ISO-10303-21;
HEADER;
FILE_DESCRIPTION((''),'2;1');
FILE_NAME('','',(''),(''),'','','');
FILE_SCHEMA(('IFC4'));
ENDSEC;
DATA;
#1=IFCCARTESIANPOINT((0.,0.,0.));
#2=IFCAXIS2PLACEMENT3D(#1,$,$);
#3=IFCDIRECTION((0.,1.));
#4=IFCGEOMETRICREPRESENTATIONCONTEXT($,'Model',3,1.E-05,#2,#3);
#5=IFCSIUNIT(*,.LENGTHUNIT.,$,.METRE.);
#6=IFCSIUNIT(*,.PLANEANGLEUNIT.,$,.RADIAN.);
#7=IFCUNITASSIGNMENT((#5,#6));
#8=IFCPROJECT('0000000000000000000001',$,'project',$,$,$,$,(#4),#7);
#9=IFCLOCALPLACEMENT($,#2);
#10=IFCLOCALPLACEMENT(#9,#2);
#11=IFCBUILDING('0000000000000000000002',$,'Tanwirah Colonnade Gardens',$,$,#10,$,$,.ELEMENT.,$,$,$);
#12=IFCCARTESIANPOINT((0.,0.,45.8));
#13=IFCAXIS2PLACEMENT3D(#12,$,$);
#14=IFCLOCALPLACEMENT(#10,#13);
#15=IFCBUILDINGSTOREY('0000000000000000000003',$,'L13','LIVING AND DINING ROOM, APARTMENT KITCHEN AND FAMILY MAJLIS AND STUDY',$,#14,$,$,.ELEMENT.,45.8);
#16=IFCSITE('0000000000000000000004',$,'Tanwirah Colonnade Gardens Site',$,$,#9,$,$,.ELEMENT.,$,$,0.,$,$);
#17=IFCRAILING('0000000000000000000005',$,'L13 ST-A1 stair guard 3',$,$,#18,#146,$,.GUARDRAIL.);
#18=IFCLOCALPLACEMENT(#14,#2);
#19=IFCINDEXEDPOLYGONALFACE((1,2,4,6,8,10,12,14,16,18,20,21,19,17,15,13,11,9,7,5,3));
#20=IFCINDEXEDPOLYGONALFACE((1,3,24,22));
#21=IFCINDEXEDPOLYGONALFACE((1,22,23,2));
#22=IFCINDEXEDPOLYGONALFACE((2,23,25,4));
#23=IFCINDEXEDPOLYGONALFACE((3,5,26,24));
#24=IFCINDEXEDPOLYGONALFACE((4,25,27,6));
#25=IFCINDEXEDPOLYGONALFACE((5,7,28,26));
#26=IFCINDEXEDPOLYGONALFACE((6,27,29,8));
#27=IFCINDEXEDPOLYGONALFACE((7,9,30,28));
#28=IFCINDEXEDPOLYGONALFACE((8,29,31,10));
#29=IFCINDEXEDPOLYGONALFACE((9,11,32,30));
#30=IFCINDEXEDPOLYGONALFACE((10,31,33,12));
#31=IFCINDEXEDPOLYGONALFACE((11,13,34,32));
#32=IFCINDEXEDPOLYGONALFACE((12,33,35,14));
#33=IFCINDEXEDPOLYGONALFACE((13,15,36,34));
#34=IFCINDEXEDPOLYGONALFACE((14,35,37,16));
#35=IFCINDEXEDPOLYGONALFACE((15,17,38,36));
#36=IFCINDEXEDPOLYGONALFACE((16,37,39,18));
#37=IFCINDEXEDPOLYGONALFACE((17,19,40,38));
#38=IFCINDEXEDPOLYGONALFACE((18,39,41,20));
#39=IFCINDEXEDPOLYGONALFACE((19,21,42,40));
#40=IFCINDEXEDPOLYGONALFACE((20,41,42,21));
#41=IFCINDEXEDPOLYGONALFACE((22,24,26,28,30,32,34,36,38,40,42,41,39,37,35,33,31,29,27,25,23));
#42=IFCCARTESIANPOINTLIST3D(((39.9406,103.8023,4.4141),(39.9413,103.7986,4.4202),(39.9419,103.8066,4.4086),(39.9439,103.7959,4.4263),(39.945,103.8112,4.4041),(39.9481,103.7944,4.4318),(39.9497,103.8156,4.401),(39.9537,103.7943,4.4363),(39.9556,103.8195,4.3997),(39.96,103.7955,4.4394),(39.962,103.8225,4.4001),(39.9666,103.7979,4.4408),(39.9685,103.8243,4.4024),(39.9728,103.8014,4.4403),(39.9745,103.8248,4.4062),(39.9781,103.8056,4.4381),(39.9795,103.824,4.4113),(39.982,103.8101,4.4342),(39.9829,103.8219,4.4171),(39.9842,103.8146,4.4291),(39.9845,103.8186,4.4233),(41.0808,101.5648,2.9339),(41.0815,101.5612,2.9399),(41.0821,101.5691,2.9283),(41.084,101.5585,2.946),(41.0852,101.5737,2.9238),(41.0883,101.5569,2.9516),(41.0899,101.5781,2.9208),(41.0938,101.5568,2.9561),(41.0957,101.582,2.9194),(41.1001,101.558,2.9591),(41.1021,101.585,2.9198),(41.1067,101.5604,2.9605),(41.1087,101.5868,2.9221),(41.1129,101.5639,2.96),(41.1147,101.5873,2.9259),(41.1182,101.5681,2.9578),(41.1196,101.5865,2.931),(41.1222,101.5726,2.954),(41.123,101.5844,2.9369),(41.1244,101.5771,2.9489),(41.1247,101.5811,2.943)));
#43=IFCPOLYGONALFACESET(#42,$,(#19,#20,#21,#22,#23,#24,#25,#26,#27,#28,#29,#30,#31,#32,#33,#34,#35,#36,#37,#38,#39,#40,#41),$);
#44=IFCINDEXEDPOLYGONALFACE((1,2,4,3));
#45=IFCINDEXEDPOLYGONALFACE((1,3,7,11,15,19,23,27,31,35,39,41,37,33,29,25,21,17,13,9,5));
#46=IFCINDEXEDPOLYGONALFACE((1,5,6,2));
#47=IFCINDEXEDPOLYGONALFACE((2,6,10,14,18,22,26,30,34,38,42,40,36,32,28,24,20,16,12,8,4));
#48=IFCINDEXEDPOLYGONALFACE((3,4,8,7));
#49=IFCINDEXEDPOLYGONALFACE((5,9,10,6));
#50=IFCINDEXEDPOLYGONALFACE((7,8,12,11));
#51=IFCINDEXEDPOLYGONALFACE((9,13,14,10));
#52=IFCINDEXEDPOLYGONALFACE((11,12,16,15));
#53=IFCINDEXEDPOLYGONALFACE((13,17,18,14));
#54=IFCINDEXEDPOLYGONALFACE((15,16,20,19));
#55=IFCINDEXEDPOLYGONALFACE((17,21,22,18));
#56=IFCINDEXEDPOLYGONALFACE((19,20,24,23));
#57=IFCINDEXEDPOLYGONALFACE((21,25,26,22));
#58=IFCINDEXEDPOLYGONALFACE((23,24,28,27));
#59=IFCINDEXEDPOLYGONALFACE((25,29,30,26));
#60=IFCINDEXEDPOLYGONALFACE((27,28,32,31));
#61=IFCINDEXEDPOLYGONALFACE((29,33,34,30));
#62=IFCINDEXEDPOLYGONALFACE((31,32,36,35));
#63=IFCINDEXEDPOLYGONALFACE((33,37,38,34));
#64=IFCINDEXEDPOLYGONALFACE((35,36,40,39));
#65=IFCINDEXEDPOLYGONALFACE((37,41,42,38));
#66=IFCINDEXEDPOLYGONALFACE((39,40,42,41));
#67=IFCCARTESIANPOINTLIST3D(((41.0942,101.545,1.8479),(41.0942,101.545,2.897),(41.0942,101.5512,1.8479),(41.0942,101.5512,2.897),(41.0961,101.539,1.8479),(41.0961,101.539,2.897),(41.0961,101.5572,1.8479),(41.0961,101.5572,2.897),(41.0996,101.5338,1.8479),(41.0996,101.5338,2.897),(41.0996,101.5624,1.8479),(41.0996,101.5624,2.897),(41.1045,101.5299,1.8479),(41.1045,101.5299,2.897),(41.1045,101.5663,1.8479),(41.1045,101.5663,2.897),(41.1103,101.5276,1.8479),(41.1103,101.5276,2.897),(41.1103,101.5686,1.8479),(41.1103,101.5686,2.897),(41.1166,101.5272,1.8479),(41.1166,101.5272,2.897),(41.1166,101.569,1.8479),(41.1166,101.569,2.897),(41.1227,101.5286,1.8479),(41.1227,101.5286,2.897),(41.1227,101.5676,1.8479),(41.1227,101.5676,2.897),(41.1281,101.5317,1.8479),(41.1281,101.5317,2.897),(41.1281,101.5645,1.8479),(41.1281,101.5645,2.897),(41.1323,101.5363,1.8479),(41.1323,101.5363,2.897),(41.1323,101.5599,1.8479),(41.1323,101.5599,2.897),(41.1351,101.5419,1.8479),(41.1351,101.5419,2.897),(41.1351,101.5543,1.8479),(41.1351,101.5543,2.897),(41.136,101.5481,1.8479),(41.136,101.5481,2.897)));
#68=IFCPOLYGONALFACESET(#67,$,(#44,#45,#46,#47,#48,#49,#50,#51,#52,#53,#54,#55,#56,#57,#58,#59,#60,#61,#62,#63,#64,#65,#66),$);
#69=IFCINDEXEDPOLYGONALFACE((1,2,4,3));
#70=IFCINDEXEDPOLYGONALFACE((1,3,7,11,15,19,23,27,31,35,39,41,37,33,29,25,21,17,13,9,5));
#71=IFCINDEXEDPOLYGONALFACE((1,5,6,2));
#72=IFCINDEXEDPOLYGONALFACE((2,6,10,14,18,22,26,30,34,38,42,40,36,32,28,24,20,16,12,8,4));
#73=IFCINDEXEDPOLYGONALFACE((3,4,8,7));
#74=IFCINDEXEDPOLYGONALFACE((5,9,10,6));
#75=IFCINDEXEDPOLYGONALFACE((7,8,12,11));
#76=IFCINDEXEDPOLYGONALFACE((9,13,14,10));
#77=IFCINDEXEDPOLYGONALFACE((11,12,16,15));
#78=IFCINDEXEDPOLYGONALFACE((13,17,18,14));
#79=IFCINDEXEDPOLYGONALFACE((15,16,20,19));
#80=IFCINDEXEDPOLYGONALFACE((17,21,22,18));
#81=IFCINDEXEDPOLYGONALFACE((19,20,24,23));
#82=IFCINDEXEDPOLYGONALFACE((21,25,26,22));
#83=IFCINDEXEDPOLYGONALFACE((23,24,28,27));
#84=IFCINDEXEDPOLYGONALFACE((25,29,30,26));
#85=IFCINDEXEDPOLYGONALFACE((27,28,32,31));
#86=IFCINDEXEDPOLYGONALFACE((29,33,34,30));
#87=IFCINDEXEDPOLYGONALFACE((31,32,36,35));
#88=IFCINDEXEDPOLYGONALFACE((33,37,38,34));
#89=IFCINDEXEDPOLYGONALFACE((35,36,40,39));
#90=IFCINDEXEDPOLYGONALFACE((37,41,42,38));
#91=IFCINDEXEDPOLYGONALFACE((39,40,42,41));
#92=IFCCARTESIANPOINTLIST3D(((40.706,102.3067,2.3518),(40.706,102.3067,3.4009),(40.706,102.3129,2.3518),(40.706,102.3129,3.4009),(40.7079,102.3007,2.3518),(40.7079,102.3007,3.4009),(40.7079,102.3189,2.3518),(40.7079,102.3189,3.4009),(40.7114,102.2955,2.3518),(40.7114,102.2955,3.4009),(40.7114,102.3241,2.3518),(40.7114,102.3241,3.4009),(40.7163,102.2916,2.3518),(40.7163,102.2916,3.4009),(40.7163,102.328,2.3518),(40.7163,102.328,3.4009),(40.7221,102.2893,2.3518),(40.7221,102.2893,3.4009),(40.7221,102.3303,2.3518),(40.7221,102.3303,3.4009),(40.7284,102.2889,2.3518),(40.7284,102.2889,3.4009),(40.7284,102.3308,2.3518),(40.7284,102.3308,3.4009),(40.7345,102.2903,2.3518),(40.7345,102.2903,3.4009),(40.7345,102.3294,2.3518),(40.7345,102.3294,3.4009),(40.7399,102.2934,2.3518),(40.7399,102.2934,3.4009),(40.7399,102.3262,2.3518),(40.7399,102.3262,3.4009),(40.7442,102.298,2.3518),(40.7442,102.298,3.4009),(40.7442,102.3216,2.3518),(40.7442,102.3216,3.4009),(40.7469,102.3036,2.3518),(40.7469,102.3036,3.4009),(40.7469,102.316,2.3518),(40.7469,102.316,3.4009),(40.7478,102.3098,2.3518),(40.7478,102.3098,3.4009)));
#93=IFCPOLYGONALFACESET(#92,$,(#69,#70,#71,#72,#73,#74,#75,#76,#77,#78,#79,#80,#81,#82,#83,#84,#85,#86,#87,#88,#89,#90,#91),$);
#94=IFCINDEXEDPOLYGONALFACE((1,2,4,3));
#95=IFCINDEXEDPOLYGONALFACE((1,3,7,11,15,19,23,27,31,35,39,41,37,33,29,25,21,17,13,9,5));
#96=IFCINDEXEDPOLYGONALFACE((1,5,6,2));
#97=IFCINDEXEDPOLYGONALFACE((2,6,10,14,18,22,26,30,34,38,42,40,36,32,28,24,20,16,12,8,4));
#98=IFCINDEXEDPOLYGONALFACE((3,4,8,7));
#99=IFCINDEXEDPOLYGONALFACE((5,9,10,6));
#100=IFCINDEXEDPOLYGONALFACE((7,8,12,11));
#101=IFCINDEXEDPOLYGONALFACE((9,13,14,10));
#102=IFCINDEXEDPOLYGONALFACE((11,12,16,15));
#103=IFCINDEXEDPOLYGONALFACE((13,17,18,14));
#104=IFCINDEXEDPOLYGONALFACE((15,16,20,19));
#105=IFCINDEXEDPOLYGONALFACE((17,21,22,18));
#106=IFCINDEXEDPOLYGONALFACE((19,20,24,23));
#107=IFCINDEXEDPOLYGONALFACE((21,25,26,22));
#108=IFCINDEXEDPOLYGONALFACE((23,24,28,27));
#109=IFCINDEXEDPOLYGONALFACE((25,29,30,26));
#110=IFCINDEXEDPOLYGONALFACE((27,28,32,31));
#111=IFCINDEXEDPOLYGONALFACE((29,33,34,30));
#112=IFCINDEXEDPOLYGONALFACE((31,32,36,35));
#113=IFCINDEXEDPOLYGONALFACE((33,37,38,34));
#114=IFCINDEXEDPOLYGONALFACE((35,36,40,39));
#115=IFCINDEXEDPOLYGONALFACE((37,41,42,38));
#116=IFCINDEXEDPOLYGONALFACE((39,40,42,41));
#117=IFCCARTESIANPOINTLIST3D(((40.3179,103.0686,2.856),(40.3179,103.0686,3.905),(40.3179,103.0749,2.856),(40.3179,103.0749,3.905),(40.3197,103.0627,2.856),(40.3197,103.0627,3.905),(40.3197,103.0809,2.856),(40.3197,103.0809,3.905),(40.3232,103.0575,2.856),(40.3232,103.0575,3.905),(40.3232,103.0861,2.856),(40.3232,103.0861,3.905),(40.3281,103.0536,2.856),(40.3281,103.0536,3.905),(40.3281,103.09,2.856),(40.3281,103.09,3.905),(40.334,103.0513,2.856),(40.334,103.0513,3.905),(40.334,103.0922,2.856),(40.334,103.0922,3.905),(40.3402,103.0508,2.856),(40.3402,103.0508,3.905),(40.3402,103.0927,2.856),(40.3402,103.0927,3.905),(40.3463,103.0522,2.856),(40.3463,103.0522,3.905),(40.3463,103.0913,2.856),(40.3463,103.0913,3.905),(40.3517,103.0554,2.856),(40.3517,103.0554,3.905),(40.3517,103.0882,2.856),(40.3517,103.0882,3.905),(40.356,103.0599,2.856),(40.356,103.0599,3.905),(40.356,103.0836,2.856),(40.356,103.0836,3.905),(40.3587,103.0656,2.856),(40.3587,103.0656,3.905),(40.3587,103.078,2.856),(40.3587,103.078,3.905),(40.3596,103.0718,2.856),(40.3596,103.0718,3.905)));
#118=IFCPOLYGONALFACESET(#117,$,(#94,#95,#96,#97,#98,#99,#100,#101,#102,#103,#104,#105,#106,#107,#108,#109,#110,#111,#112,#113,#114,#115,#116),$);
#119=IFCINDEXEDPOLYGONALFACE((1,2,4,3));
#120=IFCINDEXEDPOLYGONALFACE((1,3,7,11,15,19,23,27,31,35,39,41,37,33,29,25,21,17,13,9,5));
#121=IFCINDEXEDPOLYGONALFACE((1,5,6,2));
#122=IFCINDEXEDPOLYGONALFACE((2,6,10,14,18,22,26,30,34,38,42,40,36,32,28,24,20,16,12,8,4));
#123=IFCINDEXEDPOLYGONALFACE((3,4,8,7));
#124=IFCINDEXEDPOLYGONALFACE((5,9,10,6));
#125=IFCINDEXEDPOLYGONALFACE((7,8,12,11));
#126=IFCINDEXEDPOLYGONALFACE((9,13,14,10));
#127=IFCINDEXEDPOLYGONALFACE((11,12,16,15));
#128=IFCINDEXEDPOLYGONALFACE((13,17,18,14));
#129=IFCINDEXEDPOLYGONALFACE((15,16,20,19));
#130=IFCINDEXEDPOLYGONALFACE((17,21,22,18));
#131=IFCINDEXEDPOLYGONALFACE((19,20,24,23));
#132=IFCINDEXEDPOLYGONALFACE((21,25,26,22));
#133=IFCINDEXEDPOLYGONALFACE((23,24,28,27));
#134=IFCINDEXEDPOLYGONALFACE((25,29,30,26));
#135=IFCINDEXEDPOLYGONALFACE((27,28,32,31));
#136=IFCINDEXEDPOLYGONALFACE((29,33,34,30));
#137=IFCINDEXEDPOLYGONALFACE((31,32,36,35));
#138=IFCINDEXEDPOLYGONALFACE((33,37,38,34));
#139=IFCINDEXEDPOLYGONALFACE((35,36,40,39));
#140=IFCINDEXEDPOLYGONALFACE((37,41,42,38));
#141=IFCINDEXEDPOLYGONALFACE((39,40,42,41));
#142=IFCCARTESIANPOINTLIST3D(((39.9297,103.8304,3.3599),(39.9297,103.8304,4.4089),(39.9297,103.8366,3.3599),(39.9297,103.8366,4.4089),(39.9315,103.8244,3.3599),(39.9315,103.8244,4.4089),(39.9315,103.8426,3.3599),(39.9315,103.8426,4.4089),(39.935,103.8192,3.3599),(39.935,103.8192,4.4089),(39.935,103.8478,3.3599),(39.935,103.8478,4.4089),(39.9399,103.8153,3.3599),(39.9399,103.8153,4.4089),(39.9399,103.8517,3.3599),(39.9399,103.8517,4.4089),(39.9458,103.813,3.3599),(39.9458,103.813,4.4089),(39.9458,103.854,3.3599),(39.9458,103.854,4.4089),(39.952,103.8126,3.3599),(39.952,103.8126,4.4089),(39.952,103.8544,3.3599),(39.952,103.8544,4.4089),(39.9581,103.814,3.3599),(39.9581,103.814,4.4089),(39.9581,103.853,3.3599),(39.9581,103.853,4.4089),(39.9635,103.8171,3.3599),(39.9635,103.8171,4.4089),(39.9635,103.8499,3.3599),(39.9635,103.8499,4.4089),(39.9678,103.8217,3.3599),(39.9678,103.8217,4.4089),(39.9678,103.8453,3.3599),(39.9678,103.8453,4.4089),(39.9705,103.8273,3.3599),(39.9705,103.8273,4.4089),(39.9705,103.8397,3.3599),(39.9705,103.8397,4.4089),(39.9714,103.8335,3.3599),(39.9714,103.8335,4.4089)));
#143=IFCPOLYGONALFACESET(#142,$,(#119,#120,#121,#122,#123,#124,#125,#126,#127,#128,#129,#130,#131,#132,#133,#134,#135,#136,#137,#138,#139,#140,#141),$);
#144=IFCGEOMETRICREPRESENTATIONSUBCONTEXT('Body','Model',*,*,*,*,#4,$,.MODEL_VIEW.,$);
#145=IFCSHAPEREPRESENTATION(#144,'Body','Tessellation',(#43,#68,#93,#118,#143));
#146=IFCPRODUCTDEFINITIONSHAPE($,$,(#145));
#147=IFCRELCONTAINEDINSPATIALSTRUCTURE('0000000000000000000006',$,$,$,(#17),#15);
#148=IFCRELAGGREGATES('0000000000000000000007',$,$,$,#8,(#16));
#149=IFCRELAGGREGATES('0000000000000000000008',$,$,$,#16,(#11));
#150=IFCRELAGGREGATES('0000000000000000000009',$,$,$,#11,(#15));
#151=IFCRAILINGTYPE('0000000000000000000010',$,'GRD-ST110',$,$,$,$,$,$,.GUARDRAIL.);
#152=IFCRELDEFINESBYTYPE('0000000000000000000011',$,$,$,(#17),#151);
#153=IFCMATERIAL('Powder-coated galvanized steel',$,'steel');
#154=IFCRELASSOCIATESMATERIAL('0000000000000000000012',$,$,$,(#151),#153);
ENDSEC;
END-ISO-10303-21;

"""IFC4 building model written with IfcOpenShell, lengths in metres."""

from ifc_helpers import new_model, si_unit, direction, frame, origin, origin_2d, place, context, subcontext, project, spatial, circle, extrude, material, type_object, element, save


model = new_model("IFC4")

# Units and contexts
model_context = context("Model", 3, precision=1e-05, world=origin(), true_north=direction((0.0, 1.0)))
body_context = subcontext(model_context, "Body", "Model", "MODEL_VIEW")
ifc_project = project(units=[si_unit("LENGTHUNIT", "METRE"), si_unit("PLANEANGLEUNIT", "RADIAN")], contexts=[model_context])

# Site, building, storey
site_placement = place(None, origin())
site = spatial("IfcSite", under=ifc_project, at=site_placement, Name="Tanwirah Colonnade Gardens Site", CompositionType="ELEMENT", RefElevation=0.0)
building_placement = place(site_placement, origin())
building = spatial("IfcBuilding", under=site, at=building_placement, Name="Tanwirah Colonnade Gardens", CompositionType="ELEMENT")
storey_placement = place(building_placement, frame((0.0, 0.0, 45.8)))
storey = spatial("IfcBuildingStorey", under=building, at=storey_placement, Name="L13", Description="LIVING AND DINING ROOM, APARTMENT KITCHEN AND FAMILY MAJLIS AND STUDY", CompositionType="ELEMENT", Elevation=45.8)

# Railing
ifc_material_1 = material(Name="Powder-coated galvanized steel", Category="steel")
railing_type_1 = type_object("IfcRailingType", Name="GRD-ST110", PredefinedType="GUARDRAIL", material=ifc_material_1)
railing_1_placement = place(storey_placement, frame((41.115, 101.5481, 1.8479)))
element("IfcRailing", 1, at=railing_1_placement, inside=storey, type_object=railing_type_1, Name="L13 ST-A1 stair guard 3", PredefinedType="GUARDRAIL", context=body_context, shape_type="SweptSolid", body=[
    extrude(circle(Radius=0.0239, at=origin_2d()), frame((-0.0122, 0.0239, 1.092), z_axis=(-0.391122, 0.767567, 0.507803), x_axis=(-0.890994, -0.454016, 0.0)), (0.0, 0.0, 1.0), 2.915),
    extrude(circle(Radius=0.021, at=origin_2d()), origin(), (0.0, 0.0, 1.0), 1.0491),
    extrude(circle(Radius=0.021, at=origin_2d()), frame((-0.3882, 0.7617, 0.5039)), (0.0, 0.0, 1.0), 1.0491),
    extrude(circle(Radius=0.021, at=origin_2d()), frame((-0.7764, 1.5237, 1.0081)), (0.0, 0.0, 1.0), 1.0491),
    extrude(circle(Radius=0.021, at=origin_2d()), frame((-1.1646, 2.2854, 1.512)), (0.0, 0.0, 1.0), 1.0491),
])

save(model, "model.ifc")
